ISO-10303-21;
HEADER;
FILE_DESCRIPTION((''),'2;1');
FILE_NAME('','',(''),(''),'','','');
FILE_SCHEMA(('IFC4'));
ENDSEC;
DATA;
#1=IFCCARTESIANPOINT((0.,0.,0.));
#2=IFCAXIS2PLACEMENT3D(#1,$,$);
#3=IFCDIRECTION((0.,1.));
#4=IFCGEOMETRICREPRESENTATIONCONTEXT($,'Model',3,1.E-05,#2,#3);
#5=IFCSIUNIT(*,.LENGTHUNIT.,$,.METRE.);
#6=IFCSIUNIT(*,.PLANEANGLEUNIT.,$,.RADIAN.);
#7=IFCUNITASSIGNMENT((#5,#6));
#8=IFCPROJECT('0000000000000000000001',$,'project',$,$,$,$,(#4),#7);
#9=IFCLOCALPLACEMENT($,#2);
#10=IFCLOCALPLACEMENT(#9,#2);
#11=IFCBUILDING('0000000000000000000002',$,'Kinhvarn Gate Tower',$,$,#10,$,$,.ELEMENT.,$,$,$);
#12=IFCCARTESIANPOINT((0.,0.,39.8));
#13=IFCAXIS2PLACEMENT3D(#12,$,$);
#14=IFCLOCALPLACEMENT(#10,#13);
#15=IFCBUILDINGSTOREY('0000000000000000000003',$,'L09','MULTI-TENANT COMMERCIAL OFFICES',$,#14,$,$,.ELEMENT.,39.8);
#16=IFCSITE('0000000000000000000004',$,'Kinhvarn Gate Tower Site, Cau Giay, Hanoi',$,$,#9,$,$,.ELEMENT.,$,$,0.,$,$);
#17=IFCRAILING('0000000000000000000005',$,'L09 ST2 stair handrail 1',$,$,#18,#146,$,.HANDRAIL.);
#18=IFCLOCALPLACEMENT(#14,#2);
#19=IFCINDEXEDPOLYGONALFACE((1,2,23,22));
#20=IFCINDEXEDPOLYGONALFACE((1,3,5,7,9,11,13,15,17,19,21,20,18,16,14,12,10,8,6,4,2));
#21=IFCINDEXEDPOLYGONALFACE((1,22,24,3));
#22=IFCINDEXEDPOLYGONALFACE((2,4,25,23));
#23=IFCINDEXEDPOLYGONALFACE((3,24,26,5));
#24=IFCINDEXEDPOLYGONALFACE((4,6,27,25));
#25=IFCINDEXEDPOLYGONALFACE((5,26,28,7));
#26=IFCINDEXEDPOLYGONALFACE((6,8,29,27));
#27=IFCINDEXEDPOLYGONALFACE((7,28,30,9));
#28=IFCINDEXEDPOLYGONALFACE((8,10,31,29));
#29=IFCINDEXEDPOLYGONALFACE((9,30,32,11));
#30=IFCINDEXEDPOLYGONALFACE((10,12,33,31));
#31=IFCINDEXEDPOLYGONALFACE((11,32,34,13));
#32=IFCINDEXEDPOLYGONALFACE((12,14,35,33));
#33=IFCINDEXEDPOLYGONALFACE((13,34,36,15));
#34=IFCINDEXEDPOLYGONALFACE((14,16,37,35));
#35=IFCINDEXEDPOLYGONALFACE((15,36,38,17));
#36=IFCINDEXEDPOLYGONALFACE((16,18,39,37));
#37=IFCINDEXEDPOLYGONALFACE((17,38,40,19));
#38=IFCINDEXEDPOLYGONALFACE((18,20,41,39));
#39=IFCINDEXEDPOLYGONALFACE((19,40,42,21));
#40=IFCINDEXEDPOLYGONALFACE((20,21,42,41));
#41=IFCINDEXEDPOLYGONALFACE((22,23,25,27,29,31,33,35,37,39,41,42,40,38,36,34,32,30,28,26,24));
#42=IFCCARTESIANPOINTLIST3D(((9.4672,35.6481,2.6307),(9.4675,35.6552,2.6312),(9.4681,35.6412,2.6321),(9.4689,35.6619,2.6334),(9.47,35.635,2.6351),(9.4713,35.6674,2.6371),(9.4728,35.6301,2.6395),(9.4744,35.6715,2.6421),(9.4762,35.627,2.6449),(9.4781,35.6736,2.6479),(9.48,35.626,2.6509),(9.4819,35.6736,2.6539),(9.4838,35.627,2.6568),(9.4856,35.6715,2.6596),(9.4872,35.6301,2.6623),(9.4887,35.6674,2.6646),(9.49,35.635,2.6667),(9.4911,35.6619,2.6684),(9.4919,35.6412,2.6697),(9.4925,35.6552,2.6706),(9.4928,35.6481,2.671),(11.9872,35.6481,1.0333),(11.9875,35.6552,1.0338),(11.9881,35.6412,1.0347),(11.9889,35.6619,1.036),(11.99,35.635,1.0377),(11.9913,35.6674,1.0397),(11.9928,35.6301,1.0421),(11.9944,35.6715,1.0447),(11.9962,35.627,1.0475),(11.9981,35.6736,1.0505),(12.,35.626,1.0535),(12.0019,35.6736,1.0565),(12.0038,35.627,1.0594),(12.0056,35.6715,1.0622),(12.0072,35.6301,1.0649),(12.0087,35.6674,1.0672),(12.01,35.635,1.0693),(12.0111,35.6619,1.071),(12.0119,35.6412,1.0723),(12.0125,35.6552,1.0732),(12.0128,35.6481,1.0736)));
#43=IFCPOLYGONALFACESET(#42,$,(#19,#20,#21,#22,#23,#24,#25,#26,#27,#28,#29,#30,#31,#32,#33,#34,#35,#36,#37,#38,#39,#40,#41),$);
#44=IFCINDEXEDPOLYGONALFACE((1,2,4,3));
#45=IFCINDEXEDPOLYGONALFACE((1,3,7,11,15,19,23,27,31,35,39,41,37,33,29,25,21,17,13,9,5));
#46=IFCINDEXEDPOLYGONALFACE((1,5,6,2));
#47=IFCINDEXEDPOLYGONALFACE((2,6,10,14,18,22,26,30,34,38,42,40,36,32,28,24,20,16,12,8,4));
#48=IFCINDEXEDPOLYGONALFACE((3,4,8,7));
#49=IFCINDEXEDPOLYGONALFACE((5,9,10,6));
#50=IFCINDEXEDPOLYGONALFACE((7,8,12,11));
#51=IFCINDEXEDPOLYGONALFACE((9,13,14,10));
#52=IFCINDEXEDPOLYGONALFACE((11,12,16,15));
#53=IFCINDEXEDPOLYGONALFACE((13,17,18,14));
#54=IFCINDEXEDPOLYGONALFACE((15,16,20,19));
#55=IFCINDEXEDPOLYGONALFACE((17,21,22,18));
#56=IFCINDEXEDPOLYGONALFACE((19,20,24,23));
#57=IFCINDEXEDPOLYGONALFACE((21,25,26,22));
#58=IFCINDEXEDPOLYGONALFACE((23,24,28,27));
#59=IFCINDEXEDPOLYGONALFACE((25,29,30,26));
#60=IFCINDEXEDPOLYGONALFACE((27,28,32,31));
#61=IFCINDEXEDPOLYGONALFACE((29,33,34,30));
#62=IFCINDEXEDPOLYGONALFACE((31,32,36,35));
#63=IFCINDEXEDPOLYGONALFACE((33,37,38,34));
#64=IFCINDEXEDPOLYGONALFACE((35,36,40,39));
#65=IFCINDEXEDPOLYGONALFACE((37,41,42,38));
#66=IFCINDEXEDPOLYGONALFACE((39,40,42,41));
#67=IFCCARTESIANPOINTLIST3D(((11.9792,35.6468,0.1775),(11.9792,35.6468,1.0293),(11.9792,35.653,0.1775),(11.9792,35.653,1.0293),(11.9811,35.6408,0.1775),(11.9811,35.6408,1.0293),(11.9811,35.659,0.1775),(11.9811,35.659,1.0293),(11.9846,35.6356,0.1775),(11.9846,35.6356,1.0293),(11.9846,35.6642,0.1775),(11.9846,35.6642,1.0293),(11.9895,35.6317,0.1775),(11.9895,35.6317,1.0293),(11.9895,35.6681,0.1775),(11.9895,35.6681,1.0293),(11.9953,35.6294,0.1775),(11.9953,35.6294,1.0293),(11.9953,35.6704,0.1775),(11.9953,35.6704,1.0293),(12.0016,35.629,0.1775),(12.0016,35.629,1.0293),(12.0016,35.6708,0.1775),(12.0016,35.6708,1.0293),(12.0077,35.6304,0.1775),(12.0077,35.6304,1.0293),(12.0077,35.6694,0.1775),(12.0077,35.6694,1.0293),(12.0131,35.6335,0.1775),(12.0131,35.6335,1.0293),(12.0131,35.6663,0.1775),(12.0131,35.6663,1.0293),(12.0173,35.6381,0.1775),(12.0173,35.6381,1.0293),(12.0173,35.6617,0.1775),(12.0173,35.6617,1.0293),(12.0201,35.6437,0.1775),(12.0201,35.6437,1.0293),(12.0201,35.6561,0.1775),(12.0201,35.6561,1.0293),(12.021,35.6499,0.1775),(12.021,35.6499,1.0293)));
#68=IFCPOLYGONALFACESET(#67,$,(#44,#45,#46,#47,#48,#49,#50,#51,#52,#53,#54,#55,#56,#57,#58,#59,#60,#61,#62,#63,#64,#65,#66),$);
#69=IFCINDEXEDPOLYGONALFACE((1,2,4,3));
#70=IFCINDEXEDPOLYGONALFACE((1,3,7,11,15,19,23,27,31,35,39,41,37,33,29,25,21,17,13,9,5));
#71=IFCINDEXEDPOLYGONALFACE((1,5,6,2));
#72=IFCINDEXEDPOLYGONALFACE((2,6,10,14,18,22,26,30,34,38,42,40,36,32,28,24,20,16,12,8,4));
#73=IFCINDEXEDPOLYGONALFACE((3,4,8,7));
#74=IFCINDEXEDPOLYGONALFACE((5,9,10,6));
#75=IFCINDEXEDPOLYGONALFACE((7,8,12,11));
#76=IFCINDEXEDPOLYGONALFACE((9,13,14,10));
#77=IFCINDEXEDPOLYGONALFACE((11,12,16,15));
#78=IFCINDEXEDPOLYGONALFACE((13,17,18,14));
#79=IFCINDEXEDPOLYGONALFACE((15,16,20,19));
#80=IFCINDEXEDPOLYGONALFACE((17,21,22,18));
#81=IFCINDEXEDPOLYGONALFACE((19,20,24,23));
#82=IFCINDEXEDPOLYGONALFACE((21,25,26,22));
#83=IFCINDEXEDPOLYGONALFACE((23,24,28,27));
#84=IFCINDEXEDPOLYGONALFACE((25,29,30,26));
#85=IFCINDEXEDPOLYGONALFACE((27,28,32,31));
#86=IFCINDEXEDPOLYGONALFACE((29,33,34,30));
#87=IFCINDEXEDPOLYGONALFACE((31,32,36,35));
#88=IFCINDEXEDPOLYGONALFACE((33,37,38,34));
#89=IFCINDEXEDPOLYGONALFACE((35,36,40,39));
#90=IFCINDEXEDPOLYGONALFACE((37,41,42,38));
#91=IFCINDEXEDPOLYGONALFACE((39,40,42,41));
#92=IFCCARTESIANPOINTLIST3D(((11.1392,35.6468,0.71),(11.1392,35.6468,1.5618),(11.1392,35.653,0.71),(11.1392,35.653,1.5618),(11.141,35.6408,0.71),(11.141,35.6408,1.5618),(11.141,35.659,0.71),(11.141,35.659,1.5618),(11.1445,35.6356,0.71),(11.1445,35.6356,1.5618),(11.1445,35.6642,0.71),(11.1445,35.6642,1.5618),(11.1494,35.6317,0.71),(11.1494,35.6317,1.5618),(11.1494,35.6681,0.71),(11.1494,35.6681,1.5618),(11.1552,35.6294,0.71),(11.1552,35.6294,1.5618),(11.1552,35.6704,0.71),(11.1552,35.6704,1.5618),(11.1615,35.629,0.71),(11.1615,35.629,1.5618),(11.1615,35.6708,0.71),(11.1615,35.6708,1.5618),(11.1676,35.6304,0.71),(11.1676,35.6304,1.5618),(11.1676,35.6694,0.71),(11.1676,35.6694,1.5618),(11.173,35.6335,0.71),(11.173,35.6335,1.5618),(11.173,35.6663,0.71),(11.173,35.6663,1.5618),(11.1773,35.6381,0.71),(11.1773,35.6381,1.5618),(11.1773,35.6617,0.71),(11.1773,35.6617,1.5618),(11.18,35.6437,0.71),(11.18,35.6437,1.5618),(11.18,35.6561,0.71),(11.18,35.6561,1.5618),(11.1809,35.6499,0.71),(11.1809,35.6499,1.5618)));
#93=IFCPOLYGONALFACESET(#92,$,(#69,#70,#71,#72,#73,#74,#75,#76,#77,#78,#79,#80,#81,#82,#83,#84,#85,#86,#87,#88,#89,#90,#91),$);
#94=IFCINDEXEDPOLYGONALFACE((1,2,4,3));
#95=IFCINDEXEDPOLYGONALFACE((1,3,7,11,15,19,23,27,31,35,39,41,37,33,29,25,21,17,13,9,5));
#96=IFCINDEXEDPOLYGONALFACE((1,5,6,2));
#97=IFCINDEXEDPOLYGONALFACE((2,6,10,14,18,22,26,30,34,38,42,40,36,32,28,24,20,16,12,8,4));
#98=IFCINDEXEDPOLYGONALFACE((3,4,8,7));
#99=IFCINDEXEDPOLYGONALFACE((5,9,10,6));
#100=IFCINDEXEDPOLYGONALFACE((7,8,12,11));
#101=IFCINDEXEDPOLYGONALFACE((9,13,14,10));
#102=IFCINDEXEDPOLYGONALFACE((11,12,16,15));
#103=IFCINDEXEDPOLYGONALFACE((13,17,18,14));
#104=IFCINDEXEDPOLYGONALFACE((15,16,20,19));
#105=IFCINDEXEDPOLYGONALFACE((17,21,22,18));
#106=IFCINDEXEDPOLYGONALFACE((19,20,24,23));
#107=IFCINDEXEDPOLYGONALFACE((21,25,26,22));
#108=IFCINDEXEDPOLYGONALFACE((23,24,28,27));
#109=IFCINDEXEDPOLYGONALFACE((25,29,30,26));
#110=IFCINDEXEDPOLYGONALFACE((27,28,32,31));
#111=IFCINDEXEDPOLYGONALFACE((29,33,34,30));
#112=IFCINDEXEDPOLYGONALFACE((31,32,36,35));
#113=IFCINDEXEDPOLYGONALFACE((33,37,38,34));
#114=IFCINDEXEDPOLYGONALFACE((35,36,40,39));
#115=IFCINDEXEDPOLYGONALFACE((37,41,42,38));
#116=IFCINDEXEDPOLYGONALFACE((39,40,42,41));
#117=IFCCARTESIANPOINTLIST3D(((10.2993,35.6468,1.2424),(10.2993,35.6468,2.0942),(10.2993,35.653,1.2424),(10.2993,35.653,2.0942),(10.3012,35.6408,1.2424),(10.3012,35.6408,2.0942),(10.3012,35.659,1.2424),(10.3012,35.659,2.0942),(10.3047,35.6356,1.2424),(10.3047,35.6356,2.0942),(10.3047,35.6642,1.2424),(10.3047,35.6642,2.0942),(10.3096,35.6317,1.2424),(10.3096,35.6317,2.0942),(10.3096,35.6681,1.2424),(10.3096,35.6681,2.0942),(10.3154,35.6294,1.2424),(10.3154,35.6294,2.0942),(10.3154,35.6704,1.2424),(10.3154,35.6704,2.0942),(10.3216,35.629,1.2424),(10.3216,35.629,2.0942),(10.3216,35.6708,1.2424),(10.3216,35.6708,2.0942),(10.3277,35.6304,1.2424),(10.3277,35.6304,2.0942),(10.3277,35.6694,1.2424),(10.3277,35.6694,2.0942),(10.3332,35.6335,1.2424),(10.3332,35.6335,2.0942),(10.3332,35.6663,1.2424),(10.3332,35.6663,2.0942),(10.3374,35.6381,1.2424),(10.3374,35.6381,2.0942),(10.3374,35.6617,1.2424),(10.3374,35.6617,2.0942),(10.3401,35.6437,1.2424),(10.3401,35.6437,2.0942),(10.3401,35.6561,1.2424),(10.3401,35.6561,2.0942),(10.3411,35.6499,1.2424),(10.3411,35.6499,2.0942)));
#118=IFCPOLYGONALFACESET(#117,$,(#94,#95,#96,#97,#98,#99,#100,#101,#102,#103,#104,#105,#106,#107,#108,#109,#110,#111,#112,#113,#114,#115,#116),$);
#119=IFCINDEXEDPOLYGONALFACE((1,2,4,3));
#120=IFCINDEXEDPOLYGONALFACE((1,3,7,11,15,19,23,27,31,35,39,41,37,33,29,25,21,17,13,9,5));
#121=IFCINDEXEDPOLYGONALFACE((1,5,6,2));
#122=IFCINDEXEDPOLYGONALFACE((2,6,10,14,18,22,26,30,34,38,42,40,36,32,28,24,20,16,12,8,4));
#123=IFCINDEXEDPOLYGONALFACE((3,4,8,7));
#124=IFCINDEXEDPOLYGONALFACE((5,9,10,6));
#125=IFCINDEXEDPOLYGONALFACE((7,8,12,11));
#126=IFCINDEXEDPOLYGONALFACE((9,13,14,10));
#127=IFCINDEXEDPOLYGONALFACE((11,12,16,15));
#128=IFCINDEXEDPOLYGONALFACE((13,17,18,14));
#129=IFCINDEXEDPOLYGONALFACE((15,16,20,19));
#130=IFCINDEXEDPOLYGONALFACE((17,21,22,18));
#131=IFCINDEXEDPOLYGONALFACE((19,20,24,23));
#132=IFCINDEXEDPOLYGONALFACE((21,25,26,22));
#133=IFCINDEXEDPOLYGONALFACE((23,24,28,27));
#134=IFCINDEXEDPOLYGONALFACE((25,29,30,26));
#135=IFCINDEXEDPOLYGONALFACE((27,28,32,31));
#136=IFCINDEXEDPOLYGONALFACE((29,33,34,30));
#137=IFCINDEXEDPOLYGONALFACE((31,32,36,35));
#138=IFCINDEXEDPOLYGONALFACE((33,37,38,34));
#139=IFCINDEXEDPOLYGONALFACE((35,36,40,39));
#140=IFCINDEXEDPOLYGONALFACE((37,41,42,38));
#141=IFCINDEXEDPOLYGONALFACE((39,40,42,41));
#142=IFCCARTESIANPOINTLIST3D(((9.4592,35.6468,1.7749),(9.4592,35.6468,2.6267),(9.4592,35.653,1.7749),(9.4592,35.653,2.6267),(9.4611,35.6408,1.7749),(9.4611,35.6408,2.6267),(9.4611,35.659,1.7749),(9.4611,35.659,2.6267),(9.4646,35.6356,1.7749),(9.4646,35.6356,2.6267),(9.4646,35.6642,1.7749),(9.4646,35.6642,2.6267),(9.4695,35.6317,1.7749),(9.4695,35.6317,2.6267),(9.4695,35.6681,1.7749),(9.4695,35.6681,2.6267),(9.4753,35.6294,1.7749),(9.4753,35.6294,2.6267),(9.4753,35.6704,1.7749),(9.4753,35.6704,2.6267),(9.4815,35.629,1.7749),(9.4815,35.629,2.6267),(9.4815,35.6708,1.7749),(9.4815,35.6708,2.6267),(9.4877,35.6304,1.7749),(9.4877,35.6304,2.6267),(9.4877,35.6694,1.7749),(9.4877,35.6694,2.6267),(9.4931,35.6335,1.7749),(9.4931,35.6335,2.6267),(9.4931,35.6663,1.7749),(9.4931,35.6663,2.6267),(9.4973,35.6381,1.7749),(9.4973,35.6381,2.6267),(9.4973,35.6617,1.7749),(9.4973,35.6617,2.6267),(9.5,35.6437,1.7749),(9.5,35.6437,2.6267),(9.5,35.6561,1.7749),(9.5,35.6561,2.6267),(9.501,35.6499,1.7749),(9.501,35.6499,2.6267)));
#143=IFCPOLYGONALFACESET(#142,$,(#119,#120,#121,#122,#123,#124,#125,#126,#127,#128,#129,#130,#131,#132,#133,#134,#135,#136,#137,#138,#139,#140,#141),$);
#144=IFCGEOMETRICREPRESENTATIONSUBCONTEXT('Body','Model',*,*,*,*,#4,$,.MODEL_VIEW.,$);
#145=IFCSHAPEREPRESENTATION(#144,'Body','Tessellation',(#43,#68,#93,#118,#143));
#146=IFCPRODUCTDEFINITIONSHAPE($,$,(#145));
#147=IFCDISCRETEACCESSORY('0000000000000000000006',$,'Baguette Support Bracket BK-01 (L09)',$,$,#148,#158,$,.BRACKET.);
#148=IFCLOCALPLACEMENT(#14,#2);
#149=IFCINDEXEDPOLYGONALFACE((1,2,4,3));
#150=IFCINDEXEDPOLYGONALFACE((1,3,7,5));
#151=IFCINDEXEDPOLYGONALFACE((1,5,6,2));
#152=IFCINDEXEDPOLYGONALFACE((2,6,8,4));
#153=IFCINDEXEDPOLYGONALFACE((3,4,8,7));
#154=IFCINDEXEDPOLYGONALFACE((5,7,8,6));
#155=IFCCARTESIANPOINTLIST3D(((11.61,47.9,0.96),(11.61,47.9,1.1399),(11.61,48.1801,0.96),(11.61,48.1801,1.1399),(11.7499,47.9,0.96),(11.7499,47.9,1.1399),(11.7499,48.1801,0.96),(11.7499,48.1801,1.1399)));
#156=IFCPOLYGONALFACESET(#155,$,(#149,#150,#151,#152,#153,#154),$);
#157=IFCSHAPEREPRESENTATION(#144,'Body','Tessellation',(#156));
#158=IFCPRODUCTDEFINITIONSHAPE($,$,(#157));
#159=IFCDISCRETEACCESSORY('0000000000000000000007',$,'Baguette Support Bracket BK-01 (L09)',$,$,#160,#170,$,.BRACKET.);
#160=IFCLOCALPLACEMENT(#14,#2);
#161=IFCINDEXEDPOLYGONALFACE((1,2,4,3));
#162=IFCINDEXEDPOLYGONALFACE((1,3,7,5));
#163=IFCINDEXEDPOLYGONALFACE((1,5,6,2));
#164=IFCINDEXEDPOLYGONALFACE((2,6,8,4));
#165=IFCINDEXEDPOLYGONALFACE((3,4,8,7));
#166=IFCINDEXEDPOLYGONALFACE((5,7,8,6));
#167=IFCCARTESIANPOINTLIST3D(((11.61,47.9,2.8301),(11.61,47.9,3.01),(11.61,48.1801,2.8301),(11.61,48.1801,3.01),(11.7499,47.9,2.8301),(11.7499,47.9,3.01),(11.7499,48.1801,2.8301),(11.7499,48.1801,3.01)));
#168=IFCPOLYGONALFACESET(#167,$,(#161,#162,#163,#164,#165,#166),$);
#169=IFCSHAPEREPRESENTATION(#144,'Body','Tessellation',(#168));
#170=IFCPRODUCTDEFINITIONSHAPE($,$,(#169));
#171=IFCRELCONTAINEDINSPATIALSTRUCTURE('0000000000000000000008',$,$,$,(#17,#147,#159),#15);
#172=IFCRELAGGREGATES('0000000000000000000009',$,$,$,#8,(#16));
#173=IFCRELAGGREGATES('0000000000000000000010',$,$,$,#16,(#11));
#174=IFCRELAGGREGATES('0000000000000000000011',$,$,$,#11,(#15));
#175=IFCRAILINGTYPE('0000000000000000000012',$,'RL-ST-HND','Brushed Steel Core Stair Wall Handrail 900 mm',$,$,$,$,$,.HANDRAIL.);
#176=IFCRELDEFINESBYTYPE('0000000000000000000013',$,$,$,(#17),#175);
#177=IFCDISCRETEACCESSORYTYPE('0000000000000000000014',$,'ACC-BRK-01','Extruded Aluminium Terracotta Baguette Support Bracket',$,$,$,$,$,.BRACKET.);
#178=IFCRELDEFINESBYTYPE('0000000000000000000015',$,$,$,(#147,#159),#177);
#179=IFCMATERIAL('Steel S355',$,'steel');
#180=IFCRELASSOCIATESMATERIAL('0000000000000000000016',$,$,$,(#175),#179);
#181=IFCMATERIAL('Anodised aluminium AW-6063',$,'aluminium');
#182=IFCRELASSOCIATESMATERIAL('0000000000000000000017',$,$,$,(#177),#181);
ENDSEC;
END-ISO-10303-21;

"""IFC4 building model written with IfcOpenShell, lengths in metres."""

from ifc_helpers import new_model, si_unit, direction, frame, origin, origin_2d, place, context, subcontext, project, spatial, rectangle, circle, extrude, material, type_object, element, save


model = new_model("IFC4")

# Units and contexts
model_context = context("Model", 3, precision=1e-05, world=origin(), true_north=direction((0.0, 1.0)))
body_context = subcontext(model_context, "Body", "Model", "MODEL_VIEW")
ifc_project = project(units=[si_unit("LENGTHUNIT", "METRE"), si_unit("PLANEANGLEUNIT", "RADIAN")], contexts=[model_context])

# Site, building, storey
site_placement = place(None, origin())
site = spatial("IfcSite", under=ifc_project, at=site_placement, Name="Kinhvarn Gate Tower Site, Cau Giay, Hanoi", CompositionType="ELEMENT", RefElevation=0.0)
building_placement = place(site_placement, origin())
building = spatial("IfcBuilding", under=site, at=building_placement, Name="Kinhvarn Gate Tower", CompositionType="ELEMENT")
storey_placement = place(building_placement, frame((0.0, 0.0, 39.8)))
storey = spatial("IfcBuildingStorey", under=building, at=storey_placement, Name="L09", Description="MULTI-TENANT COMMERCIAL OFFICES", CompositionType="ELEMENT", Elevation=39.8)

# Shared definitions
ifc_material_1 = material(Name="Anodised aluminium AW-6063", Category="aluminium")

# Shared definitions
ifc_material_2 = material(Name="Steel S355", Category="steel")

# Railing
railing_type_1 = type_object("IfcRailingType", Name="RL-ST-HND", Description="Brushed Steel Core Stair Wall Handrail 900 mm", PredefinedType="HANDRAIL", material=ifc_material_2)
railing_1_placement = place(storey_placement, frame((12.0, 35.6499, 0.1775)))
element("IfcRailing", 1, at=railing_1_placement, inside=storey, type_object=railing_type_1, Name="L09 ST2 stair handrail 1", PredefinedType="HANDRAIL", context=body_context, shape_type="SweptSolid", body=[
    extrude(circle(Radius=0.0239, at=origin_2d()), frame((0.0, 0.0, 0.876), z_axis=(-0.844607, 0.0, 0.535387), x_axis=(0.0, -1.0, 0.0)), (0.0, 0.0, 1.0), 2.9836),
    extrude(circle(Radius=0.021, at=origin_2d()), origin(), (0.0, 0.0, 1.0), 0.8518),
    extrude(circle(Radius=0.021, at=origin_2d()), frame((-0.8401, 0.0, 0.5325)), (0.0, 0.0, 1.0), 0.8518),
    extrude(circle(Radius=0.021, at=origin_2d()), frame((-1.6799, 0.0, 1.0649)), (0.0, 0.0, 1.0), 0.8518),
    extrude(circle(Radius=0.021, at=origin_2d()), frame((-2.52, 0.0, 1.5974)), (0.0, 0.0, 1.0), 0.8518),
])

# Discrete accessories
discrete_accessory_type = type_object("IfcDiscreteAccessoryType", Name="ACC-BRK-01", Description="Extruded Aluminium Terracotta Baguette Support Bracket", PredefinedType="BRACKET", material=ifc_material_1)
for number, where, z_axis, x_axis, name in (
    (2, (11.6799, 48.04, 0.96), (0.0, 0.0, 1.0), (-1.0, 0.0, 0.0), "Baguette Support Bracket BK-01 (L09)"),
    (3, (11.6799, 48.04, 2.8301), (0.0, 0.0, 1.0), (-1.0, 0.0, 0.0), "Baguette Support Bracket BK-01 (L09)"),
):
    element("IfcDiscreteAccessory", number, at=place(storey_placement, frame(where, z_axis=z_axis, x_axis=x_axis)), inside=storey, type_object=discrete_accessory_type, Name=name, PredefinedType="BRACKET", context=body_context, shape_type="SweptSolid", body=[
        extrude(rectangle(XDim=0.1399, YDim=0.28, at=origin_2d()), origin(), (0.0, 0.0, 1.0), 0.1799),
    ])

save(model, "model.ifc")
